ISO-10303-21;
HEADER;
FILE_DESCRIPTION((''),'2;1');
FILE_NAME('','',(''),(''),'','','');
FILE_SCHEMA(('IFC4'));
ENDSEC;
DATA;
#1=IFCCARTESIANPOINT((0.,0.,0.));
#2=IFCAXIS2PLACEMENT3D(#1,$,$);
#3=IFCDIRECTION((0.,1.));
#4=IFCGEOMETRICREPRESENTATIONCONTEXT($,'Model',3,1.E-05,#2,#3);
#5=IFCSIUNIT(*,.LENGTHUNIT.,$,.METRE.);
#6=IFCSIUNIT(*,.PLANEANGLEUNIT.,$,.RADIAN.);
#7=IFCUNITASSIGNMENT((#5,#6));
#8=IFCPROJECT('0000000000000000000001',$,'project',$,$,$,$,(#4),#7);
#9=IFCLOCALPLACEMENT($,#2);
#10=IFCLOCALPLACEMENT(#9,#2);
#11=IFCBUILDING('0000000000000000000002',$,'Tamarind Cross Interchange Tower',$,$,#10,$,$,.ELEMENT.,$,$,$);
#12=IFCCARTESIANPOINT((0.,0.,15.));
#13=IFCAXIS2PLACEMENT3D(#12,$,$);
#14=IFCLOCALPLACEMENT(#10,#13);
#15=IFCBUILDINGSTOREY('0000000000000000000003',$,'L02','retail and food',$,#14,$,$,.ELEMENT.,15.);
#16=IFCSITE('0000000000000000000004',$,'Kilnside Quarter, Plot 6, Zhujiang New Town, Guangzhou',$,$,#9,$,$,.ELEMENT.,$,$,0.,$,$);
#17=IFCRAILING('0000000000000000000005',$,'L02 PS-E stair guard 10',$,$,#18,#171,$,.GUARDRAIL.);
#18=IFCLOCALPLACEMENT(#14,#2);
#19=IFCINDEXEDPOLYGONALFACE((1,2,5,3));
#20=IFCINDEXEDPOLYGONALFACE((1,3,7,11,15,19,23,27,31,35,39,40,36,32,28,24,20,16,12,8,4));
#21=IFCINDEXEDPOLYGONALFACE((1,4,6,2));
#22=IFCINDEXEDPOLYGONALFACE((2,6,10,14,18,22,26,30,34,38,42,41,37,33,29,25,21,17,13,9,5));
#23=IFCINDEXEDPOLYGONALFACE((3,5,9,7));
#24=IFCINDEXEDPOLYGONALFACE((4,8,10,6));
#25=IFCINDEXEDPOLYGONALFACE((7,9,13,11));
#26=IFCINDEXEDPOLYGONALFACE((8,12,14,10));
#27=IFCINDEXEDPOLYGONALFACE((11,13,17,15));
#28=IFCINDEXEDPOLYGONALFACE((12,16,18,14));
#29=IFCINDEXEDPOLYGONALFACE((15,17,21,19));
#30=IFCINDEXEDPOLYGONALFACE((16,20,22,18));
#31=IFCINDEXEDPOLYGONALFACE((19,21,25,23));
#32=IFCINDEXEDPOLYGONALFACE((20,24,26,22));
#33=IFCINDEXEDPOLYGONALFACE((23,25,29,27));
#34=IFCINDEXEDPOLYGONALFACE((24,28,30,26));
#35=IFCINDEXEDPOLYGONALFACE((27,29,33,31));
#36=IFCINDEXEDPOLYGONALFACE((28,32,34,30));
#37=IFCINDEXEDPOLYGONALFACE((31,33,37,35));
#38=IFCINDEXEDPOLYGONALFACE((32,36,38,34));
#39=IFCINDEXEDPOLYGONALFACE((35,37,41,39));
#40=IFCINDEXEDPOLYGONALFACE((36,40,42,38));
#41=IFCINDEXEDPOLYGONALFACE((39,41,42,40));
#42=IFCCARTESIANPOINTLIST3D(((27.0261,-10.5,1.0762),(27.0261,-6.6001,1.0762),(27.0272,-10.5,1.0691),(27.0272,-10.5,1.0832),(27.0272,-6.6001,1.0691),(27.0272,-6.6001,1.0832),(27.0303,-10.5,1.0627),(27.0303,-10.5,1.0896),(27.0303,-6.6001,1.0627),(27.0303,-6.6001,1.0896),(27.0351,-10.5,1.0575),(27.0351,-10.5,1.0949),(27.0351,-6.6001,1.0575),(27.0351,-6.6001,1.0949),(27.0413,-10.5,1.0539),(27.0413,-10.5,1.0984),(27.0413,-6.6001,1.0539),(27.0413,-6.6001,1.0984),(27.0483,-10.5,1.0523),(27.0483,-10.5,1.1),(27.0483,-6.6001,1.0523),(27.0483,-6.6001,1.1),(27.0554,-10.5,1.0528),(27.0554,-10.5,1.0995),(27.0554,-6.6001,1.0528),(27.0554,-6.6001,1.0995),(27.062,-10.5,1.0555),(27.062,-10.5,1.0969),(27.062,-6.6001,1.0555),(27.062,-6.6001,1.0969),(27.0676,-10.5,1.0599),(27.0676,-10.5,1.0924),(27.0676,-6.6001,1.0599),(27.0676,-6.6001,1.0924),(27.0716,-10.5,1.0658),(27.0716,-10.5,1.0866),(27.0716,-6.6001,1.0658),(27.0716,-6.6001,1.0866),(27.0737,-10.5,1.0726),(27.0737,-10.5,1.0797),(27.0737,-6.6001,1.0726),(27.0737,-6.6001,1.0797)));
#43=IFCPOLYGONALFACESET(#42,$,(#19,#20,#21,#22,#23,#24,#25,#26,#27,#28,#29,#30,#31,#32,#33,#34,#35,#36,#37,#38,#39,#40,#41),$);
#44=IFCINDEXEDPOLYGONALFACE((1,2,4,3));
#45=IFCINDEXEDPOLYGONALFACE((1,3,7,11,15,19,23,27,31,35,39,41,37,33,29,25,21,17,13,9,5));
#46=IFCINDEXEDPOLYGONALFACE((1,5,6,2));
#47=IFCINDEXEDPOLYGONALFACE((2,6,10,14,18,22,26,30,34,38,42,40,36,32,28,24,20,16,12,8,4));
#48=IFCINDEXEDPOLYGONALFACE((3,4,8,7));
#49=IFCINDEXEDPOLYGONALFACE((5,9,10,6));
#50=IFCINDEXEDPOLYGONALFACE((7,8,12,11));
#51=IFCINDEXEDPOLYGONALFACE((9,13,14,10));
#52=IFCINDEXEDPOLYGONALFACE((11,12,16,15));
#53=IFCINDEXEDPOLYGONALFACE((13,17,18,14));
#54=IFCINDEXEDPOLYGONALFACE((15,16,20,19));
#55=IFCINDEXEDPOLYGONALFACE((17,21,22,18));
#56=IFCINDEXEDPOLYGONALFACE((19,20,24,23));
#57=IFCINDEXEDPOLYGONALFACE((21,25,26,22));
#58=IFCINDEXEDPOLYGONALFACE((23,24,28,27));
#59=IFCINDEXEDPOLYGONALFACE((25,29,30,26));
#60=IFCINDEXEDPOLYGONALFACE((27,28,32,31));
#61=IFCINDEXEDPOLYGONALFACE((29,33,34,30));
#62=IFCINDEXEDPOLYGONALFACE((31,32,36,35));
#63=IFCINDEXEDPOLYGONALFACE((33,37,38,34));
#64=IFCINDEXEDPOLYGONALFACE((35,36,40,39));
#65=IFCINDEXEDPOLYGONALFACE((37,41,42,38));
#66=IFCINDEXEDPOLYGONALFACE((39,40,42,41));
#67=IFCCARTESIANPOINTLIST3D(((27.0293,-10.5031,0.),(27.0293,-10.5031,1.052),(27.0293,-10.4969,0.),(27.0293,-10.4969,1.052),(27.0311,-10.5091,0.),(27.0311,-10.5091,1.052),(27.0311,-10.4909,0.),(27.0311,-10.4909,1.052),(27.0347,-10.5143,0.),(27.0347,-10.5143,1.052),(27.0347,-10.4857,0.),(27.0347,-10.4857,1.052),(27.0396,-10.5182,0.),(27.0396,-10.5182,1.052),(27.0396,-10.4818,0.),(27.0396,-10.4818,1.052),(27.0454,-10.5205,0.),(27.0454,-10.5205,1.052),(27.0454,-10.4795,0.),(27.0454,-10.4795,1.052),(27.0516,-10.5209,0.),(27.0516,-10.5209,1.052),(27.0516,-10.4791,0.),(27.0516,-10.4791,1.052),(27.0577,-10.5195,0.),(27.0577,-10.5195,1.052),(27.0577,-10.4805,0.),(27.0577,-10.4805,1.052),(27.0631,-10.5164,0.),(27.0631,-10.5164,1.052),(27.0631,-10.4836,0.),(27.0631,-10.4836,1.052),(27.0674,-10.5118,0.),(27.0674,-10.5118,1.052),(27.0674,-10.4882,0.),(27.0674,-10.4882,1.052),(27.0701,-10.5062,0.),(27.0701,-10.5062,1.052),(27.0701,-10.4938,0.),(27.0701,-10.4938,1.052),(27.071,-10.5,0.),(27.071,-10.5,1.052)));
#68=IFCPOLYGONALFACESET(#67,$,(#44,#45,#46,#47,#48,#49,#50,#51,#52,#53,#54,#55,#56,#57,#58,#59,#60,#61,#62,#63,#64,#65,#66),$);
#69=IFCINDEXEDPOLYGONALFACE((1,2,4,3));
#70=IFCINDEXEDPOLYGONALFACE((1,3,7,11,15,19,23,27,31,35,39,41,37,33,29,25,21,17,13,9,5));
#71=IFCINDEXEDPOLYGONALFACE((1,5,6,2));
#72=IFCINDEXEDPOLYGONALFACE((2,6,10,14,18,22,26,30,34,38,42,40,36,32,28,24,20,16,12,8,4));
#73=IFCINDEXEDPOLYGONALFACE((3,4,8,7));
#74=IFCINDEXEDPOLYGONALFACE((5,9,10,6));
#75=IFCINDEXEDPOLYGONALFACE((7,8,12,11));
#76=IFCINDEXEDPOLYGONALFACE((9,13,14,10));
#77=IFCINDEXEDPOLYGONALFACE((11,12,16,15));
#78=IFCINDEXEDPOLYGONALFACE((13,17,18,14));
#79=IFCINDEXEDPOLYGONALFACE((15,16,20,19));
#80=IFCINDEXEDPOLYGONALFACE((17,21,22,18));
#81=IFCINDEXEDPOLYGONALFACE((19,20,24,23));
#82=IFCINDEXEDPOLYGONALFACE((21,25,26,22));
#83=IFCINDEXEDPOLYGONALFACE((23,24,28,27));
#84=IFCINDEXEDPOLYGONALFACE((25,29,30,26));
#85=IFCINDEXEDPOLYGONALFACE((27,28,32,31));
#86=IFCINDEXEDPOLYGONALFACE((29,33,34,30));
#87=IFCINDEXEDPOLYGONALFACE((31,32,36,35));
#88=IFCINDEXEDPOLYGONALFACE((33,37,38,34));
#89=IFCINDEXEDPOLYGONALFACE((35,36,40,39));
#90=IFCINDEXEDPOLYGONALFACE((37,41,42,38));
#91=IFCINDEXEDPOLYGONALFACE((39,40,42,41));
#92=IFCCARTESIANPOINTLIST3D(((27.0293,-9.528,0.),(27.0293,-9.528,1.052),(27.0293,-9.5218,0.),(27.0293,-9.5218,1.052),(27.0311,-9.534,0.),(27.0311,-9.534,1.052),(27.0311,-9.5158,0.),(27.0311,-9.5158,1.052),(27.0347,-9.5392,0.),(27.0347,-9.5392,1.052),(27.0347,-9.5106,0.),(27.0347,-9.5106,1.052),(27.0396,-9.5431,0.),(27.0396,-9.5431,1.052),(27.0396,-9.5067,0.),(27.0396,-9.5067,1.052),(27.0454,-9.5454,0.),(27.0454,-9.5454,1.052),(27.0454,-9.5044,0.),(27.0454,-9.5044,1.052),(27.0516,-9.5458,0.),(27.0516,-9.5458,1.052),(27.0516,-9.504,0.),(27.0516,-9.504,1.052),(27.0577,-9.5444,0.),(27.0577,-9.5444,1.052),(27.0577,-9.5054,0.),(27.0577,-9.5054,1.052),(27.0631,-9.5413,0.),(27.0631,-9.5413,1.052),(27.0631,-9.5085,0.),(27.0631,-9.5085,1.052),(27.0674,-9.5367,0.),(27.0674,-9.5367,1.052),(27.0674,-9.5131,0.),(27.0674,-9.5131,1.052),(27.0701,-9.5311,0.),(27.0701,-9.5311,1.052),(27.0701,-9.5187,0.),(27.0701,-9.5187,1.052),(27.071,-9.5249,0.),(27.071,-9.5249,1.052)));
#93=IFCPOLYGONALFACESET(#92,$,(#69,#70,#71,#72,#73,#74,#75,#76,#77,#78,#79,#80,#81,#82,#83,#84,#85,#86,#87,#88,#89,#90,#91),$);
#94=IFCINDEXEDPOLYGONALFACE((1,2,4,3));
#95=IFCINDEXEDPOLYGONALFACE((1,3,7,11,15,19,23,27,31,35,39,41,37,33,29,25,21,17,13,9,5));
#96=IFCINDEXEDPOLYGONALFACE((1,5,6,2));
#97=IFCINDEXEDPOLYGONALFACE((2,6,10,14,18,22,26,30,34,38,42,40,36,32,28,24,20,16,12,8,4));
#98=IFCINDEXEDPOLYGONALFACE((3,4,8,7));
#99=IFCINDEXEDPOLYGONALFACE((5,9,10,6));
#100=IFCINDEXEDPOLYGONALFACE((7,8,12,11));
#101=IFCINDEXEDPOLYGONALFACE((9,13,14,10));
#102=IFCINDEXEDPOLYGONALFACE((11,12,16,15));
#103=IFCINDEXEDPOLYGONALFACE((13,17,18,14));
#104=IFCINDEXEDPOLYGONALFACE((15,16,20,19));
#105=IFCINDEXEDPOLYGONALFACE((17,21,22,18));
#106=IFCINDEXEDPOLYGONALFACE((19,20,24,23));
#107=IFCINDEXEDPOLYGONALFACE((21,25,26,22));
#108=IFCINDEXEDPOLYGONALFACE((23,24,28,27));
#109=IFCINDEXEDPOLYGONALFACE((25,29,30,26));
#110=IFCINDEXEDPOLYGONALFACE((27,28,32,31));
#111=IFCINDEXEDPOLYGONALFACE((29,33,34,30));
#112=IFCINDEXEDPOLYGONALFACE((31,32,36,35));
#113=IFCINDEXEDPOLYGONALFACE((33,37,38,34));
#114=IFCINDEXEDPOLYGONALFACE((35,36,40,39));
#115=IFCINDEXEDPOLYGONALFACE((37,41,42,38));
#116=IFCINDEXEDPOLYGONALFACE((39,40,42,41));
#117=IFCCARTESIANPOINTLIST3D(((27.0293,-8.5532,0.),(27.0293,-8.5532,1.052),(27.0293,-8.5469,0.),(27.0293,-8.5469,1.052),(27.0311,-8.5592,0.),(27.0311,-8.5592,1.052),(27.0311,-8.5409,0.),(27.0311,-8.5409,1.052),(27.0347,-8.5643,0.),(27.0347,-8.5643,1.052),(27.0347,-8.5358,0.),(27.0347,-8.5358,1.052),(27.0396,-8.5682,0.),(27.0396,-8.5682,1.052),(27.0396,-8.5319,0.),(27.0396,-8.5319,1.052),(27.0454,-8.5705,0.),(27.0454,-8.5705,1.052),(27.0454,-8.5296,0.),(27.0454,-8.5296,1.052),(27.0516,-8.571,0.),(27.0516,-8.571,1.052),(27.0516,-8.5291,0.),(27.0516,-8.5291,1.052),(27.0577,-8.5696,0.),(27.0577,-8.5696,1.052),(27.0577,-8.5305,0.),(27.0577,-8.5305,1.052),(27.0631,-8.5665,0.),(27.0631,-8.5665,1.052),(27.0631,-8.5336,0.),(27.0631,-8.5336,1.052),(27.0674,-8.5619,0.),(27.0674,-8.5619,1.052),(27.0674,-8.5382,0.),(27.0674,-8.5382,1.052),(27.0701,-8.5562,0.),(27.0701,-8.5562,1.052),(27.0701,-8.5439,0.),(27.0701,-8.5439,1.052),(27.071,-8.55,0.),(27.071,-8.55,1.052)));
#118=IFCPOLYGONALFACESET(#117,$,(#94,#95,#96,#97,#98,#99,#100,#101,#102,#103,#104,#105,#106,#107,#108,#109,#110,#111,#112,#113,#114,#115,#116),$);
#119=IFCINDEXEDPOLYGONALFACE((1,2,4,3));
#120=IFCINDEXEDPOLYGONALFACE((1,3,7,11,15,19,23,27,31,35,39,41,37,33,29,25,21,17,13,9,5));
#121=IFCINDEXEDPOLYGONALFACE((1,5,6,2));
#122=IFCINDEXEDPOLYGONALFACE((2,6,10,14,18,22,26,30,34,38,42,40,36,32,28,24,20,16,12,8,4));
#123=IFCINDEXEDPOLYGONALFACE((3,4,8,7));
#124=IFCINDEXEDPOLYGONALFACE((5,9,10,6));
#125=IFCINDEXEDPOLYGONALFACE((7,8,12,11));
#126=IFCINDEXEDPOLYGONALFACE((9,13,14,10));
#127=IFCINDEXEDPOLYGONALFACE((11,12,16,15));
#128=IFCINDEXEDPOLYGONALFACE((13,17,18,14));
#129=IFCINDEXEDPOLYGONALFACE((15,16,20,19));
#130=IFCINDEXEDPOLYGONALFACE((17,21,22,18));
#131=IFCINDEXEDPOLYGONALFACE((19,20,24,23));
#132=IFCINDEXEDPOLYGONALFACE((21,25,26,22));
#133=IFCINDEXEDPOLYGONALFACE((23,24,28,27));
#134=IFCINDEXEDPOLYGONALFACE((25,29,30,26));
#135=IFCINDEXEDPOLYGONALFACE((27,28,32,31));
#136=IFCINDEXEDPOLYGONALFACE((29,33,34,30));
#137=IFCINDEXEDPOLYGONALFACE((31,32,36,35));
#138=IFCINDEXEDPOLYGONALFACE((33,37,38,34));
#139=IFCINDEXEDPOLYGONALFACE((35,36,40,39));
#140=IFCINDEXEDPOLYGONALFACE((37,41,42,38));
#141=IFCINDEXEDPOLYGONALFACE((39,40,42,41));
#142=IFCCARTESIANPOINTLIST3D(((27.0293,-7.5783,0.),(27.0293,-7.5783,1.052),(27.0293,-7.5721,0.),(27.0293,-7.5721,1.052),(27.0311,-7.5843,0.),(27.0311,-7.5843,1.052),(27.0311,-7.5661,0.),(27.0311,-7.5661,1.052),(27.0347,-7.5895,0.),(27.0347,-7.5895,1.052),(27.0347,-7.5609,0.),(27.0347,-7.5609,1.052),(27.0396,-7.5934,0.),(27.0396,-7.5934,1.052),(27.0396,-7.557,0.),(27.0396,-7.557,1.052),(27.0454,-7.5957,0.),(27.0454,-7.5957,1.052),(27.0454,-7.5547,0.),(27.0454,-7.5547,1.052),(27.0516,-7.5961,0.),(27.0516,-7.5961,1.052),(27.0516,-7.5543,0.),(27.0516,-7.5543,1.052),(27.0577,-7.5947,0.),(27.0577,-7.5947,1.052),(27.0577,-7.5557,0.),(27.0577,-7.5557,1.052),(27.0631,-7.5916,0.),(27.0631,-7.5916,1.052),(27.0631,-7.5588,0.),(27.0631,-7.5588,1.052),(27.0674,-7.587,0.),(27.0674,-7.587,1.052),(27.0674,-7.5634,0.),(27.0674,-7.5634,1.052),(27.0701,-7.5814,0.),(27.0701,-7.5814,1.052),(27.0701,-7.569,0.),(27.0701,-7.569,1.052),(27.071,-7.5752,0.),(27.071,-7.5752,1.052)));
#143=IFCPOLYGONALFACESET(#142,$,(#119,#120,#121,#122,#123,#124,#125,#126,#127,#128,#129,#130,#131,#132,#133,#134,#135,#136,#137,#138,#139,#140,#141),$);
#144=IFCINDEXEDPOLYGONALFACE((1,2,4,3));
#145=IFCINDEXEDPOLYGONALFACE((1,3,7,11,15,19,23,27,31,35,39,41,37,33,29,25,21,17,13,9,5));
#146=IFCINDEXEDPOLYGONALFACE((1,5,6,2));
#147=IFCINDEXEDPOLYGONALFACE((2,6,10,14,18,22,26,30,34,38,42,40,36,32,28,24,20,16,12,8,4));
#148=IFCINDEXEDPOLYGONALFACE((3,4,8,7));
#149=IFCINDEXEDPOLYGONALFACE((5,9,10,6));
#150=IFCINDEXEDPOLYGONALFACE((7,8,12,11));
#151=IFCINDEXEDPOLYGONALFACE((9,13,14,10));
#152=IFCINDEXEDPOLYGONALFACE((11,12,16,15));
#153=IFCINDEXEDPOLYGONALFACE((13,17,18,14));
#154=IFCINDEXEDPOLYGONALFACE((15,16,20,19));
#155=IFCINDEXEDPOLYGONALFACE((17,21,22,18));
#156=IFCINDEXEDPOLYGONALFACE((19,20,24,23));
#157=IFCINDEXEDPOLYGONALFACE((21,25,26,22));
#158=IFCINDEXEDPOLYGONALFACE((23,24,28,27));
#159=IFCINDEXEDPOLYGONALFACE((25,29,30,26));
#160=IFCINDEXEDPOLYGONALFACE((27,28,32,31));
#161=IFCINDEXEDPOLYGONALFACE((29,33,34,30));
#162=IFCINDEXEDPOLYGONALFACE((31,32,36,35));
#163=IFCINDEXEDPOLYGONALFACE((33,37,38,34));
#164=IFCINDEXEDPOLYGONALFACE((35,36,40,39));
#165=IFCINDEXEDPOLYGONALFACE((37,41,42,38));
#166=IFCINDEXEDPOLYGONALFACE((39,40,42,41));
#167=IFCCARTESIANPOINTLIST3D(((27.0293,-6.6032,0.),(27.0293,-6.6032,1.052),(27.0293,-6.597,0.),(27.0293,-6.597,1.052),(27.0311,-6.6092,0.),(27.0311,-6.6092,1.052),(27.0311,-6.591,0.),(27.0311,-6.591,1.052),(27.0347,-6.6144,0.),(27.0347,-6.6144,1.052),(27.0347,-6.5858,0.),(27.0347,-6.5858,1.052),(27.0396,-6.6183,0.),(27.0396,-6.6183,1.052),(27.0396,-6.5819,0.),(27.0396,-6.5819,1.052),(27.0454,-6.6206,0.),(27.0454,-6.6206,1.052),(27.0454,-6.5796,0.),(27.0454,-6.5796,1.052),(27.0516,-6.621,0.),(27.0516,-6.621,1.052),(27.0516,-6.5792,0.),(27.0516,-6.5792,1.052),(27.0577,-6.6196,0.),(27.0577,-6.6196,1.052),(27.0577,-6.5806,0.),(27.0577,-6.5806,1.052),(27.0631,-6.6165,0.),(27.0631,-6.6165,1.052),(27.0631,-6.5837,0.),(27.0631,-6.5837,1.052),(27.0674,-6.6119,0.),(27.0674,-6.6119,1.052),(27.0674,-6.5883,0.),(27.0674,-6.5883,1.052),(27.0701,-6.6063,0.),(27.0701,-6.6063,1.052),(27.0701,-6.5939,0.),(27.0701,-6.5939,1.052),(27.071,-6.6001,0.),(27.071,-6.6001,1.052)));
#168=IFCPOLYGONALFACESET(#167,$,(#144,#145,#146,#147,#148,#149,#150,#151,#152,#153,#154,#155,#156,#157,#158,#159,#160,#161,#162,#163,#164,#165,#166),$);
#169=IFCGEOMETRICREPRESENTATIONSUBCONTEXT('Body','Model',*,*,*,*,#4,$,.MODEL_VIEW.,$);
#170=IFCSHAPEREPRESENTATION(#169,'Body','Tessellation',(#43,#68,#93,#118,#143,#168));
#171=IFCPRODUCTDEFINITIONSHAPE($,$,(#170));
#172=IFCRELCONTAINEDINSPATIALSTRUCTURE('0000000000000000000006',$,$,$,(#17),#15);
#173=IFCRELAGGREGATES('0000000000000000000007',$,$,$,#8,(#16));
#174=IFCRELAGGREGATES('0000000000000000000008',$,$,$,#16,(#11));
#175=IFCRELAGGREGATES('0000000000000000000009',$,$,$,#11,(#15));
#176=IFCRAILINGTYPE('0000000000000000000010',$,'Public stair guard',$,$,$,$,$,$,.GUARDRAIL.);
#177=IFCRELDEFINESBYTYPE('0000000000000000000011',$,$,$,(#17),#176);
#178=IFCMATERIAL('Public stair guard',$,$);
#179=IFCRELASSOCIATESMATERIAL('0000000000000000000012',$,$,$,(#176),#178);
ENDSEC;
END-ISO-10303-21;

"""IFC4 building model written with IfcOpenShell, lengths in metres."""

from ifc_helpers import new_model, si_unit, direction, frame, origin, origin_2d, place, context, subcontext, project, spatial, circle, extrude, material, type_object, element, save


model = new_model("IFC4")

# Units and contexts
model_context = context("Model", 3, precision=1e-05, world=origin(), true_north=direction((0.0, 1.0)))
body_context = subcontext(model_context, "Body", "Model", "MODEL_VIEW")
ifc_project = project(units=[si_unit("LENGTHUNIT", "METRE"), si_unit("PLANEANGLEUNIT", "RADIAN")], contexts=[model_context])

# Site, building, storey
site_placement = place(None, origin())
site = spatial("IfcSite", under=ifc_project, at=site_placement, Name="Kilnside Quarter, Plot 6, Zhujiang New Town, Guangzhou", CompositionType="ELEMENT", RefElevation=0.0)
building_placement = place(site_placement, origin())
building = spatial("IfcBuilding", under=site, at=building_placement, Name="Tamarind Cross Interchange Tower", CompositionType="ELEMENT")
storey_placement = place(building_placement, frame((0.0, 0.0, 15.0)))
storey = spatial("IfcBuildingStorey", under=building, at=storey_placement, Name="L02", Description="retail and food", CompositionType="ELEMENT", Elevation=15.0)

# Railing
ifc_material_1 = material(Name="Public stair guard")
railing_type = type_object("IfcRailingType", Name="Public stair guard", PredefinedType="GUARDRAIL", material=ifc_material_1)
railing_1_placement = place(storey_placement, frame((27.05, -10.5, 0.0)))
element("IfcRailing", 1, at=railing_1_placement, inside=storey, type_object=railing_type, Name="L02 PS-E stair guard 10", PredefinedType="GUARDRAIL", context=body_context, shape_type="SweptSolid", body=[
    extrude(circle(Radius=0.0239, at=origin_2d()), frame((0.0, 0.0, 1.0762), z_axis=(0.0, 1.0, 0.0), x_axis=(-1.0, 0.0, 0.0)), (0.0, 0.0, 1.0), 3.8999),
    extrude(circle(Radius=0.021, at=origin_2d()), origin(), (0.0, 0.0, 1.0), 1.052),
    extrude(circle(Radius=0.021, at=origin_2d()), frame((0.0, 0.9751, 0.0)), (0.0, 0.0, 1.0), 1.052),
    extrude(circle(Radius=0.021, at=origin_2d()), frame((0.0, 1.95, 0.0)), (0.0, 0.0, 1.0), 1.052),
    extrude(circle(Radius=0.021, at=origin_2d()), frame((0.0, 2.9248, 0.0)), (0.0, 0.0, 1.0), 1.052),
    extrude(circle(Radius=0.021, at=origin_2d()), frame((0.0, 3.8999, 0.0)), (0.0, 0.0, 1.0), 1.052),
])

save(model, "model.ifc")
